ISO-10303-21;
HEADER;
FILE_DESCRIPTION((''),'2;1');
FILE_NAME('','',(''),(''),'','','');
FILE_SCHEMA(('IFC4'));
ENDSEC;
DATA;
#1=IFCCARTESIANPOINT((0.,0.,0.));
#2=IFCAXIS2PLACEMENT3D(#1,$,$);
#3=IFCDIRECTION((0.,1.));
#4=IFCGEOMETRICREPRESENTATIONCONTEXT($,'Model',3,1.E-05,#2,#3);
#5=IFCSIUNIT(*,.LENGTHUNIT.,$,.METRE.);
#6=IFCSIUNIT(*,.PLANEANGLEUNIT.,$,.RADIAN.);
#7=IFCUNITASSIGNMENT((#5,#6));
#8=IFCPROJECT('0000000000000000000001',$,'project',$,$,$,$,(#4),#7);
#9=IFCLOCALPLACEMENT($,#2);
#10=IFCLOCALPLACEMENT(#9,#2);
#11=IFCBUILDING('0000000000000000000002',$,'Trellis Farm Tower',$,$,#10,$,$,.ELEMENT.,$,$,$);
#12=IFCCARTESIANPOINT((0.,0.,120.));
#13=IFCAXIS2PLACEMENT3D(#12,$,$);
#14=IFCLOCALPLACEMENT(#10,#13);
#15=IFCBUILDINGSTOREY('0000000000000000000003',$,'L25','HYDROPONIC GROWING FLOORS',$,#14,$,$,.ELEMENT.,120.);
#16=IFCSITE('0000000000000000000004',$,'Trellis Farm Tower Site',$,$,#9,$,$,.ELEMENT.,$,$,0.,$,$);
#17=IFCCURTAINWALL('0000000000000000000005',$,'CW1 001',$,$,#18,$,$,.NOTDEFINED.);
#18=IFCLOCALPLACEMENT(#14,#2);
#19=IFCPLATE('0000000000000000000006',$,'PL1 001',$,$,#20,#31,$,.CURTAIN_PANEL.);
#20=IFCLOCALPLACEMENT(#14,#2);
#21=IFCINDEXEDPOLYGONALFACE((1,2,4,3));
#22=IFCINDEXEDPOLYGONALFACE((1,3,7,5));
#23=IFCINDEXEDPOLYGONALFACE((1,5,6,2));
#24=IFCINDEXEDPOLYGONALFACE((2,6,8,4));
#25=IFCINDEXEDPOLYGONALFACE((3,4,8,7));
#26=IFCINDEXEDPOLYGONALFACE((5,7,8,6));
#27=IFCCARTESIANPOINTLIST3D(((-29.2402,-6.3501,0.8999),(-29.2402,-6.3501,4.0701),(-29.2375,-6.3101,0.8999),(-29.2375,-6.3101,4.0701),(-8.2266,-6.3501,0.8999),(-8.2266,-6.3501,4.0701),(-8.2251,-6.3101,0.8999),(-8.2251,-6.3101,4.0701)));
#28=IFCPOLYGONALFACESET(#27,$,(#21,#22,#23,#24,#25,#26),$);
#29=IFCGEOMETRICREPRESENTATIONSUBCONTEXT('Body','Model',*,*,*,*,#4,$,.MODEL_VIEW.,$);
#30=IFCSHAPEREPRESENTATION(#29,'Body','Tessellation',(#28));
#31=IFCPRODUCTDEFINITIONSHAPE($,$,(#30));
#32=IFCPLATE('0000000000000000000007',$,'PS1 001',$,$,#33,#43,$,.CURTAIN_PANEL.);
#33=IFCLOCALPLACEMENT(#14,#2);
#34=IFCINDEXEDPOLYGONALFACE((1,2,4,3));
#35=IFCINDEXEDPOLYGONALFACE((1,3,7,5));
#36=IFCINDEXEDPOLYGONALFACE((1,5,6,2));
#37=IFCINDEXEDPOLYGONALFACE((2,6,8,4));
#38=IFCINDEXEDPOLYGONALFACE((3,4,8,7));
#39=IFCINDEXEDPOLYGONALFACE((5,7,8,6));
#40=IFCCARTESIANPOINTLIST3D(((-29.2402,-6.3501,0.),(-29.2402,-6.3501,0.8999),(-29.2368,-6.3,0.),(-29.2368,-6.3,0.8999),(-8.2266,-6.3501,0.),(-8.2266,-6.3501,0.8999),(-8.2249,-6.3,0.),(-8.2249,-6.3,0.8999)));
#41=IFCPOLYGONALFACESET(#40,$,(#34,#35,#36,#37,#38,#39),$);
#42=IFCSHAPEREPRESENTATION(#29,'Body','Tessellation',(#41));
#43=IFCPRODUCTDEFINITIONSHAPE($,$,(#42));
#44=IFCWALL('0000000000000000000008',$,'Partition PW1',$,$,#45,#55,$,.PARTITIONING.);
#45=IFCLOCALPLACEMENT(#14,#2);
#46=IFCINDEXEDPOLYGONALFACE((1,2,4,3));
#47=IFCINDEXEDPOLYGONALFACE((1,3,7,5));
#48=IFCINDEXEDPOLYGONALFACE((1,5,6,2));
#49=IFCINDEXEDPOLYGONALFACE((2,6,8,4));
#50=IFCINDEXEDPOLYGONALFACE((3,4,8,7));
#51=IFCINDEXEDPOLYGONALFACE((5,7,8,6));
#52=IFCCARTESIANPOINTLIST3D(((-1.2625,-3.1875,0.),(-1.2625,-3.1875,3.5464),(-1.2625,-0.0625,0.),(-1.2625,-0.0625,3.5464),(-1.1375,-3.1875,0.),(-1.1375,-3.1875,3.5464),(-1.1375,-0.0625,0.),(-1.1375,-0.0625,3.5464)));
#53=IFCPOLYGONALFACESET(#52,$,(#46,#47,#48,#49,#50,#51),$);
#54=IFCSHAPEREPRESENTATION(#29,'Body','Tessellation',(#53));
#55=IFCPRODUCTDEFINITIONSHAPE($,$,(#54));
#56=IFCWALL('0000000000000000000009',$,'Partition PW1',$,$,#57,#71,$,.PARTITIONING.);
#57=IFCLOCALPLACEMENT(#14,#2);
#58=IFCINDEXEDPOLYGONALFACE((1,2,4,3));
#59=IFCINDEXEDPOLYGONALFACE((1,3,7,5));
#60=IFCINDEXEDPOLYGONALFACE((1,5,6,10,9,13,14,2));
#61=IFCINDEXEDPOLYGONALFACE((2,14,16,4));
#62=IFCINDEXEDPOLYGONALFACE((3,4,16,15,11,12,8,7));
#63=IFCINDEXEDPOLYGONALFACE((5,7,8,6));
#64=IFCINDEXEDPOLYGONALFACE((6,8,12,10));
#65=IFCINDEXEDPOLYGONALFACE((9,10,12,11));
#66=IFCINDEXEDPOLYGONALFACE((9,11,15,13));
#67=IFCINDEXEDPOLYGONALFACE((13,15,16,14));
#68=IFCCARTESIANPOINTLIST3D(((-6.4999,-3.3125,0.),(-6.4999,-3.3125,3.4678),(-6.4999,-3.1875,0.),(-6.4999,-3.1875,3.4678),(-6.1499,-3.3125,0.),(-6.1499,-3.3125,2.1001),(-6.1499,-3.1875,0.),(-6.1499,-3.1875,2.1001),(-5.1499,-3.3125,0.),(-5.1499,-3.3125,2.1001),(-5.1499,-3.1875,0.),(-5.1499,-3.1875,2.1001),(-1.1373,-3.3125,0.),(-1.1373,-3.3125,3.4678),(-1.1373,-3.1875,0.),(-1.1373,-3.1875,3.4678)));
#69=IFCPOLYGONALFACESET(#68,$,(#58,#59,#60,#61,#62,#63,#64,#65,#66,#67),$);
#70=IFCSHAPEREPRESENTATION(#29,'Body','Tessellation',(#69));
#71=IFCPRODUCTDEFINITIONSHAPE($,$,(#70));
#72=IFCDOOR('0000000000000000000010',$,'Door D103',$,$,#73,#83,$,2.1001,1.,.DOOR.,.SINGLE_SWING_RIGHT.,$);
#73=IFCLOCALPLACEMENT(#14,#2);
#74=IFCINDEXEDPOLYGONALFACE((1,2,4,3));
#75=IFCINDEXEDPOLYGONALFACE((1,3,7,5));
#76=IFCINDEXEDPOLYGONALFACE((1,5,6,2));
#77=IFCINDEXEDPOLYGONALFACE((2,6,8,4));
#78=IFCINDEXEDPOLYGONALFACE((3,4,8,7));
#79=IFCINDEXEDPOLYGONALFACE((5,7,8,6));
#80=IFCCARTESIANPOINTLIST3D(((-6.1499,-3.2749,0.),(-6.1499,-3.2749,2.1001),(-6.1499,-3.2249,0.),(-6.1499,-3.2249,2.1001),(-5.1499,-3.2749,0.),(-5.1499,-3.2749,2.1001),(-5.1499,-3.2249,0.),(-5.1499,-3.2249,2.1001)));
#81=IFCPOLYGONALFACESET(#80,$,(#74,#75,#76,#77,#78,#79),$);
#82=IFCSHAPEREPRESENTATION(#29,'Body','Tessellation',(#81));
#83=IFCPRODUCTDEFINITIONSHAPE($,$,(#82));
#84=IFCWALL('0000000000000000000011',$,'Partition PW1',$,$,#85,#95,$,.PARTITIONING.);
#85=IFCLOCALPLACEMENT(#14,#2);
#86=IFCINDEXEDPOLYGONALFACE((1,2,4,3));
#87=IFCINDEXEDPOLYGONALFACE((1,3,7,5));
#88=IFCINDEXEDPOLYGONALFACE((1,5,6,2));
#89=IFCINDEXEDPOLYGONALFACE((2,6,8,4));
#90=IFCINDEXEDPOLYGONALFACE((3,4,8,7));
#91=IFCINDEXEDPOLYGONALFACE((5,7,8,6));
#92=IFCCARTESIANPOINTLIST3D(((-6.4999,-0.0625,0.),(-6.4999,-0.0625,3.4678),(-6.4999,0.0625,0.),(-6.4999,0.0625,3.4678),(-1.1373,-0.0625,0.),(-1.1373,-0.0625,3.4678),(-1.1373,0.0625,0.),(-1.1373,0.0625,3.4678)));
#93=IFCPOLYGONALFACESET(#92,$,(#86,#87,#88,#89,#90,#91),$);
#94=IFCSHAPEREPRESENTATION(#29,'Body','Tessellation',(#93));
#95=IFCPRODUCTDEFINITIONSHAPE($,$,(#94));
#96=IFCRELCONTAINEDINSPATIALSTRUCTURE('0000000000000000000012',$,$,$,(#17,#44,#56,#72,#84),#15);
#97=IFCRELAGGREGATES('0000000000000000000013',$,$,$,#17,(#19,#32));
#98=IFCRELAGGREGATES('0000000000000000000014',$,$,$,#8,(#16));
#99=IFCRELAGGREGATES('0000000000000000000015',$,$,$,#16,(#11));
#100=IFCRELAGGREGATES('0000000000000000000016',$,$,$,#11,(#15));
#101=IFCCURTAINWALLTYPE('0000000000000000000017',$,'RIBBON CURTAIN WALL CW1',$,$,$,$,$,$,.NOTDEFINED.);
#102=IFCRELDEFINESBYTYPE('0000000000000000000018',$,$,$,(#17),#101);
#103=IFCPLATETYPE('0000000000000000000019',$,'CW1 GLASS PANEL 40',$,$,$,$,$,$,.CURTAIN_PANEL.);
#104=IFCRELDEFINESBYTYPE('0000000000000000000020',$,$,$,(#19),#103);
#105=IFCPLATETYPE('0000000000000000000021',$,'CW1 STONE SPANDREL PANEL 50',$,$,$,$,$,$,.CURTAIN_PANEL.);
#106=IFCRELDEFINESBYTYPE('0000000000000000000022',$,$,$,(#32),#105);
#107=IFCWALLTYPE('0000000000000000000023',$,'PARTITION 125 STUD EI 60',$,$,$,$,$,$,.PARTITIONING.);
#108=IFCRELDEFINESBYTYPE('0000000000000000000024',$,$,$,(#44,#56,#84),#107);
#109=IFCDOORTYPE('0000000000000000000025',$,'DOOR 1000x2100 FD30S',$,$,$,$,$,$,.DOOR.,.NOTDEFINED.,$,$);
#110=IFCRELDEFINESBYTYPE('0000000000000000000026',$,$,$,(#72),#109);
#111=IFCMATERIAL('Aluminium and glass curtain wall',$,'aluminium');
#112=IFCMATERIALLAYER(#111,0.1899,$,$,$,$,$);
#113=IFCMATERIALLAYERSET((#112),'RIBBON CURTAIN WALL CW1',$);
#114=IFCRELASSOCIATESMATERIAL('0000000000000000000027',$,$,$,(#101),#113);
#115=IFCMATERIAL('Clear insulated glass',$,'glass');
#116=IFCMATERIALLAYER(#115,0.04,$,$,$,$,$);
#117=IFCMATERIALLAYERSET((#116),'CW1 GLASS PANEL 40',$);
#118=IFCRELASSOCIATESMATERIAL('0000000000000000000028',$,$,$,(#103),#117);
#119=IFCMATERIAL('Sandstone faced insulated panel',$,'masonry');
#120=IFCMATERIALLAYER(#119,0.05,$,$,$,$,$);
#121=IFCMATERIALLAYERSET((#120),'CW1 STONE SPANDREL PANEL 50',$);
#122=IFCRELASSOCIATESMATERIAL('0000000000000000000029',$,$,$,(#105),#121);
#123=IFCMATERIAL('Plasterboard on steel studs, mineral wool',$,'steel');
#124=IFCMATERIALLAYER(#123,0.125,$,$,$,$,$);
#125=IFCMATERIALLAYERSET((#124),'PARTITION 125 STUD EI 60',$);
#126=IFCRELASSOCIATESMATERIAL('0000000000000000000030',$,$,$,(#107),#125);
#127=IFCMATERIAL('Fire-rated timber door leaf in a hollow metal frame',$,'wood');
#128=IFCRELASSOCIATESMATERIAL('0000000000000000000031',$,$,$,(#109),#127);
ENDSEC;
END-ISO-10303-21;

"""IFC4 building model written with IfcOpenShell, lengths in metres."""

from ifc_helpers import new_model, si_unit, direction, frame, frame_2d, origin, place, context, subcontext, project, spatial, polyline, rectangle, outline, extrude, source, transform, mapped, material, layer, layer_set, type_object, element, fill, aggregate, save


model = new_model("IFC4")

# Units and contexts
model_context = context("Model", 3, precision=1e-05, world=origin(), true_north=direction((0.0, 1.0)))
body_context = subcontext(model_context, "Body", "Model", "MODEL_VIEW")
ifc_project = project(units=[si_unit("LENGTHUNIT", "METRE"), si_unit("PLANEANGLEUNIT", "RADIAN")], contexts=[model_context])

# Site, building, storey
site_placement = place(None, origin())
site = spatial("IfcSite", under=ifc_project, at=site_placement, Name="Trellis Farm Tower Site", CompositionType="ELEMENT", RefElevation=0.0)
building_placement = place(site_placement, origin())
building = spatial("IfcBuilding", under=site, at=building_placement, Name="Trellis Farm Tower", CompositionType="ELEMENT")
storey_placement = place(building_placement, frame((0.0, 0.0, 120.0)))
storey = spatial("IfcBuildingStorey", under=building, at=storey_placement, Name="L25", Description="HYDROPONIC GROWING FLOORS", CompositionType="ELEMENT", Elevation=120.0)

# Curtain wall
ifc_material_1 = material(Name="Aluminium and glass curtain wall", Category="aluminium")
ifc_layer_1 = layer(ifc_material_1, 0.1899)
ifc_layer_set_1 = layer_set([ifc_layer_1], Name="RIBBON CURTAIN WALL CW1")
curtain_wall_type = type_object("IfcCurtainWallType", Name="RIBBON CURTAIN WALL CW1", PredefinedType="NOTDEFINED", material=ifc_layer_set_1)
placement_1 = place(storey_placement, origin())
curtain_wall = element("IfcCurtainWall", 1, at=placement_1, inside=storey, type_object=curtain_wall_type, Name="CW1 001", PredefinedType="NOTDEFINED")

# Plates
ifc_material_2 = material(Name="Clear insulated glass", Category="glass")
ifc_layer_2 = layer(ifc_material_2, 0.04)
ifc_layer_set_2 = layer_set([ifc_layer_2], Name="CW1 GLASS PANEL 40")
plate_type_1 = type_object("IfcPlateType", Name="CW1 GLASS PANEL 40", PredefinedType="CURTAIN_PANEL", material=ifc_layer_set_2)
shared_shape_1 = source(origin(), body_context, "Body", "SweptSolid", [
    extrude(outline(polyline([(-29.2402, -6.3501), (-8.2266, -6.3501), (-8.2251, -6.3101), (-29.2375, -6.3101), (-29.2402, -6.3501)])), origin(), (0.0, 0.0, 1.0), 3.1702),
])
plate_1_placement = place(storey_placement, frame((0.0, 0.0, 0.8999)))
plate_1 = element("IfcPlate", 2, at=plate_1_placement, type_object=plate_type_1, Name="PL1 001", PredefinedType="CURTAIN_PANEL", context=body_context, shape_type="MappedRepresentation", body=[
    mapped(shared_shape_1, transform((0.0, 0.0, 0.0))),
])
ifc_material_3 = material(Name="Sandstone faced insulated panel", Category="masonry")
ifc_layer_3 = layer(ifc_material_3, 0.05)
ifc_layer_set_3 = layer_set([ifc_layer_3], Name="CW1 STONE SPANDREL PANEL 50")
plate_type_2 = type_object("IfcPlateType", Name="CW1 STONE SPANDREL PANEL 50", PredefinedType="CURTAIN_PANEL", material=ifc_layer_set_3)
shared_shape_2 = source(origin(), body_context, "Body", "SweptSolid", [
    extrude(outline(polyline([(-29.2402, -6.3501), (-8.2266, -6.3501), (-8.2249, -6.3), (-29.2368, -6.3), (-29.2402, -6.3501)])), origin(), (0.0, 0.0, 1.0), 0.8999),
])
plate_2 = element("IfcPlate", 3, at=placement_1, type_object=plate_type_2, Name="PS1 001", PredefinedType="CURTAIN_PANEL", context=body_context, shape_type="MappedRepresentation", body=[
    mapped(shared_shape_2, transform((0.0, 0.0, 0.0))),
])
aggregate(curtain_wall, [plate_1, plate_2])

# Wall
ifc_material_4 = material(Name="Plasterboard on steel studs, mineral wool", Category="steel")
ifc_layer_4 = layer(ifc_material_4, 0.125)
ifc_layer_set_4 = layer_set([ifc_layer_4], Name="PARTITION 125 STUD EI 60")
wall_type = type_object("IfcWallType", Name="PARTITION 125 STUD EI 60", PredefinedType="PARTITIONING", material=ifc_layer_set_4)
shared_shape_3 = source(origin(), body_context, "Body", "SweptSolid", [
    extrude(rectangle(XDim=3.125, YDim=0.125, at=frame_2d((1.5625, 0.0))), origin(), (0.0, 0.0, 1.0), 3.5464),
])
wall_1_placement = place(storey_placement, frame((-1.2, -0.0625, 0.0), z_axis=(0.0, 0.0, 1.0), x_axis=(0.0, -1.0, 0.0)))
element("IfcWall", 4, at=wall_1_placement, inside=storey, type_object=wall_type, Name="Partition PW1", PredefinedType="PARTITIONING", context=body_context, shape_type="MappedRepresentation", body=[
    mapped(shared_shape_3, transform((0.0, 0.0, 0.0))),
])

# Wall, opening, door
shared_shape_4 = source(origin(), body_context, "Body", "SweptSolid", [
    extrude(rectangle(XDim=5.3625, YDim=0.125, at=frame_2d((2.6812, 0.0))), origin(), (0.0, 0.0, 1.0), 3.4678),
])
wall_2_placement = place(storey_placement, frame((-1.1375, -3.25, 0.0), z_axis=(0.0, 0.0, 1.0), x_axis=(-1.0, 0.0, 0.0)))
wall_2 = element("IfcWall", 5, at=wall_2_placement, inside=storey, type_object=wall_type, Name="Partition PW1", PredefinedType="PARTITIONING", context=body_context, shape_type="MappedRepresentation", body=[
    mapped(shared_shape_4, transform((0.0, 0.0, 0.0))),
])
shared_shape_5 = source(origin(), body_context, "Body", "SweptSolid", [
    extrude(rectangle(XDim=1.0, YDim=2.1001, at=frame_2d((0.5, 1.05))), frame((0.0, 0.0725, 0.0), z_axis=(0.0, -1.0, 0.0), x_axis=(1.0, 0.0, 0.0)), (0.0, 0.0, 1.0), 0.145),
])
opening_placement = place(wall_2_placement, frame((4.0125, 0.0, 0.0)))
opening = element("IfcOpeningElement", 6, at=opening_placement, cuts=wall_2, PredefinedType="OPENING", context=body_context, shape_type="MappedRepresentation", body=[
    mapped(shared_shape_5, transform((0.0, 0.0, 0.0))),
])
ifc_material_5 = material(Name="Fire-rated timber door leaf in a hollow metal frame", Category="wood")
door_type = type_object("IfcDoorType", Name="DOOR 1000x2100 FD30S", OperationType="NOTDEFINED", PredefinedType="DOOR", material=ifc_material_5)
shared_shape_6 = source(origin(), body_context, "Body", "SweptSolid", [
    extrude(rectangle(XDim=1.0, YDim=2.1001, at=frame_2d((0.5, 1.05))), frame((0.0, 0.0249, 0.0), z_axis=(0.0, -1.0, 0.0), x_axis=(1.0, 0.0, 0.0)), (0.0, 0.0, 1.0), 0.05),
])
door_placement = place(opening_placement, origin())
door = element("IfcDoor", 7, at=door_placement, inside=storey, type_object=door_type, Name="Door D103", OperationType="SINGLE_SWING_RIGHT", OverallHeight=2.1001, OverallWidth=1.0, PredefinedType="DOOR", context=body_context, shape_type="MappedRepresentation", body=[
    mapped(shared_shape_6, transform((0.0, 0.0, 0.0))),
])
fill(opening, door)

# Wall
wall_3_placement = place(storey_placement, frame((-1.1375, 0.0, 0.0), z_axis=(0.0, 0.0, 1.0), x_axis=(-1.0, 0.0, 0.0)))
element("IfcWall", 8, at=wall_3_placement, inside=storey, type_object=wall_type, Name="Partition PW1", PredefinedType="PARTITIONING", context=body_context, shape_type="MappedRepresentation", body=[
    mapped(shared_shape_4, transform((0.0, 0.0, 0.0))),
])

save(model, "model.ifc")
